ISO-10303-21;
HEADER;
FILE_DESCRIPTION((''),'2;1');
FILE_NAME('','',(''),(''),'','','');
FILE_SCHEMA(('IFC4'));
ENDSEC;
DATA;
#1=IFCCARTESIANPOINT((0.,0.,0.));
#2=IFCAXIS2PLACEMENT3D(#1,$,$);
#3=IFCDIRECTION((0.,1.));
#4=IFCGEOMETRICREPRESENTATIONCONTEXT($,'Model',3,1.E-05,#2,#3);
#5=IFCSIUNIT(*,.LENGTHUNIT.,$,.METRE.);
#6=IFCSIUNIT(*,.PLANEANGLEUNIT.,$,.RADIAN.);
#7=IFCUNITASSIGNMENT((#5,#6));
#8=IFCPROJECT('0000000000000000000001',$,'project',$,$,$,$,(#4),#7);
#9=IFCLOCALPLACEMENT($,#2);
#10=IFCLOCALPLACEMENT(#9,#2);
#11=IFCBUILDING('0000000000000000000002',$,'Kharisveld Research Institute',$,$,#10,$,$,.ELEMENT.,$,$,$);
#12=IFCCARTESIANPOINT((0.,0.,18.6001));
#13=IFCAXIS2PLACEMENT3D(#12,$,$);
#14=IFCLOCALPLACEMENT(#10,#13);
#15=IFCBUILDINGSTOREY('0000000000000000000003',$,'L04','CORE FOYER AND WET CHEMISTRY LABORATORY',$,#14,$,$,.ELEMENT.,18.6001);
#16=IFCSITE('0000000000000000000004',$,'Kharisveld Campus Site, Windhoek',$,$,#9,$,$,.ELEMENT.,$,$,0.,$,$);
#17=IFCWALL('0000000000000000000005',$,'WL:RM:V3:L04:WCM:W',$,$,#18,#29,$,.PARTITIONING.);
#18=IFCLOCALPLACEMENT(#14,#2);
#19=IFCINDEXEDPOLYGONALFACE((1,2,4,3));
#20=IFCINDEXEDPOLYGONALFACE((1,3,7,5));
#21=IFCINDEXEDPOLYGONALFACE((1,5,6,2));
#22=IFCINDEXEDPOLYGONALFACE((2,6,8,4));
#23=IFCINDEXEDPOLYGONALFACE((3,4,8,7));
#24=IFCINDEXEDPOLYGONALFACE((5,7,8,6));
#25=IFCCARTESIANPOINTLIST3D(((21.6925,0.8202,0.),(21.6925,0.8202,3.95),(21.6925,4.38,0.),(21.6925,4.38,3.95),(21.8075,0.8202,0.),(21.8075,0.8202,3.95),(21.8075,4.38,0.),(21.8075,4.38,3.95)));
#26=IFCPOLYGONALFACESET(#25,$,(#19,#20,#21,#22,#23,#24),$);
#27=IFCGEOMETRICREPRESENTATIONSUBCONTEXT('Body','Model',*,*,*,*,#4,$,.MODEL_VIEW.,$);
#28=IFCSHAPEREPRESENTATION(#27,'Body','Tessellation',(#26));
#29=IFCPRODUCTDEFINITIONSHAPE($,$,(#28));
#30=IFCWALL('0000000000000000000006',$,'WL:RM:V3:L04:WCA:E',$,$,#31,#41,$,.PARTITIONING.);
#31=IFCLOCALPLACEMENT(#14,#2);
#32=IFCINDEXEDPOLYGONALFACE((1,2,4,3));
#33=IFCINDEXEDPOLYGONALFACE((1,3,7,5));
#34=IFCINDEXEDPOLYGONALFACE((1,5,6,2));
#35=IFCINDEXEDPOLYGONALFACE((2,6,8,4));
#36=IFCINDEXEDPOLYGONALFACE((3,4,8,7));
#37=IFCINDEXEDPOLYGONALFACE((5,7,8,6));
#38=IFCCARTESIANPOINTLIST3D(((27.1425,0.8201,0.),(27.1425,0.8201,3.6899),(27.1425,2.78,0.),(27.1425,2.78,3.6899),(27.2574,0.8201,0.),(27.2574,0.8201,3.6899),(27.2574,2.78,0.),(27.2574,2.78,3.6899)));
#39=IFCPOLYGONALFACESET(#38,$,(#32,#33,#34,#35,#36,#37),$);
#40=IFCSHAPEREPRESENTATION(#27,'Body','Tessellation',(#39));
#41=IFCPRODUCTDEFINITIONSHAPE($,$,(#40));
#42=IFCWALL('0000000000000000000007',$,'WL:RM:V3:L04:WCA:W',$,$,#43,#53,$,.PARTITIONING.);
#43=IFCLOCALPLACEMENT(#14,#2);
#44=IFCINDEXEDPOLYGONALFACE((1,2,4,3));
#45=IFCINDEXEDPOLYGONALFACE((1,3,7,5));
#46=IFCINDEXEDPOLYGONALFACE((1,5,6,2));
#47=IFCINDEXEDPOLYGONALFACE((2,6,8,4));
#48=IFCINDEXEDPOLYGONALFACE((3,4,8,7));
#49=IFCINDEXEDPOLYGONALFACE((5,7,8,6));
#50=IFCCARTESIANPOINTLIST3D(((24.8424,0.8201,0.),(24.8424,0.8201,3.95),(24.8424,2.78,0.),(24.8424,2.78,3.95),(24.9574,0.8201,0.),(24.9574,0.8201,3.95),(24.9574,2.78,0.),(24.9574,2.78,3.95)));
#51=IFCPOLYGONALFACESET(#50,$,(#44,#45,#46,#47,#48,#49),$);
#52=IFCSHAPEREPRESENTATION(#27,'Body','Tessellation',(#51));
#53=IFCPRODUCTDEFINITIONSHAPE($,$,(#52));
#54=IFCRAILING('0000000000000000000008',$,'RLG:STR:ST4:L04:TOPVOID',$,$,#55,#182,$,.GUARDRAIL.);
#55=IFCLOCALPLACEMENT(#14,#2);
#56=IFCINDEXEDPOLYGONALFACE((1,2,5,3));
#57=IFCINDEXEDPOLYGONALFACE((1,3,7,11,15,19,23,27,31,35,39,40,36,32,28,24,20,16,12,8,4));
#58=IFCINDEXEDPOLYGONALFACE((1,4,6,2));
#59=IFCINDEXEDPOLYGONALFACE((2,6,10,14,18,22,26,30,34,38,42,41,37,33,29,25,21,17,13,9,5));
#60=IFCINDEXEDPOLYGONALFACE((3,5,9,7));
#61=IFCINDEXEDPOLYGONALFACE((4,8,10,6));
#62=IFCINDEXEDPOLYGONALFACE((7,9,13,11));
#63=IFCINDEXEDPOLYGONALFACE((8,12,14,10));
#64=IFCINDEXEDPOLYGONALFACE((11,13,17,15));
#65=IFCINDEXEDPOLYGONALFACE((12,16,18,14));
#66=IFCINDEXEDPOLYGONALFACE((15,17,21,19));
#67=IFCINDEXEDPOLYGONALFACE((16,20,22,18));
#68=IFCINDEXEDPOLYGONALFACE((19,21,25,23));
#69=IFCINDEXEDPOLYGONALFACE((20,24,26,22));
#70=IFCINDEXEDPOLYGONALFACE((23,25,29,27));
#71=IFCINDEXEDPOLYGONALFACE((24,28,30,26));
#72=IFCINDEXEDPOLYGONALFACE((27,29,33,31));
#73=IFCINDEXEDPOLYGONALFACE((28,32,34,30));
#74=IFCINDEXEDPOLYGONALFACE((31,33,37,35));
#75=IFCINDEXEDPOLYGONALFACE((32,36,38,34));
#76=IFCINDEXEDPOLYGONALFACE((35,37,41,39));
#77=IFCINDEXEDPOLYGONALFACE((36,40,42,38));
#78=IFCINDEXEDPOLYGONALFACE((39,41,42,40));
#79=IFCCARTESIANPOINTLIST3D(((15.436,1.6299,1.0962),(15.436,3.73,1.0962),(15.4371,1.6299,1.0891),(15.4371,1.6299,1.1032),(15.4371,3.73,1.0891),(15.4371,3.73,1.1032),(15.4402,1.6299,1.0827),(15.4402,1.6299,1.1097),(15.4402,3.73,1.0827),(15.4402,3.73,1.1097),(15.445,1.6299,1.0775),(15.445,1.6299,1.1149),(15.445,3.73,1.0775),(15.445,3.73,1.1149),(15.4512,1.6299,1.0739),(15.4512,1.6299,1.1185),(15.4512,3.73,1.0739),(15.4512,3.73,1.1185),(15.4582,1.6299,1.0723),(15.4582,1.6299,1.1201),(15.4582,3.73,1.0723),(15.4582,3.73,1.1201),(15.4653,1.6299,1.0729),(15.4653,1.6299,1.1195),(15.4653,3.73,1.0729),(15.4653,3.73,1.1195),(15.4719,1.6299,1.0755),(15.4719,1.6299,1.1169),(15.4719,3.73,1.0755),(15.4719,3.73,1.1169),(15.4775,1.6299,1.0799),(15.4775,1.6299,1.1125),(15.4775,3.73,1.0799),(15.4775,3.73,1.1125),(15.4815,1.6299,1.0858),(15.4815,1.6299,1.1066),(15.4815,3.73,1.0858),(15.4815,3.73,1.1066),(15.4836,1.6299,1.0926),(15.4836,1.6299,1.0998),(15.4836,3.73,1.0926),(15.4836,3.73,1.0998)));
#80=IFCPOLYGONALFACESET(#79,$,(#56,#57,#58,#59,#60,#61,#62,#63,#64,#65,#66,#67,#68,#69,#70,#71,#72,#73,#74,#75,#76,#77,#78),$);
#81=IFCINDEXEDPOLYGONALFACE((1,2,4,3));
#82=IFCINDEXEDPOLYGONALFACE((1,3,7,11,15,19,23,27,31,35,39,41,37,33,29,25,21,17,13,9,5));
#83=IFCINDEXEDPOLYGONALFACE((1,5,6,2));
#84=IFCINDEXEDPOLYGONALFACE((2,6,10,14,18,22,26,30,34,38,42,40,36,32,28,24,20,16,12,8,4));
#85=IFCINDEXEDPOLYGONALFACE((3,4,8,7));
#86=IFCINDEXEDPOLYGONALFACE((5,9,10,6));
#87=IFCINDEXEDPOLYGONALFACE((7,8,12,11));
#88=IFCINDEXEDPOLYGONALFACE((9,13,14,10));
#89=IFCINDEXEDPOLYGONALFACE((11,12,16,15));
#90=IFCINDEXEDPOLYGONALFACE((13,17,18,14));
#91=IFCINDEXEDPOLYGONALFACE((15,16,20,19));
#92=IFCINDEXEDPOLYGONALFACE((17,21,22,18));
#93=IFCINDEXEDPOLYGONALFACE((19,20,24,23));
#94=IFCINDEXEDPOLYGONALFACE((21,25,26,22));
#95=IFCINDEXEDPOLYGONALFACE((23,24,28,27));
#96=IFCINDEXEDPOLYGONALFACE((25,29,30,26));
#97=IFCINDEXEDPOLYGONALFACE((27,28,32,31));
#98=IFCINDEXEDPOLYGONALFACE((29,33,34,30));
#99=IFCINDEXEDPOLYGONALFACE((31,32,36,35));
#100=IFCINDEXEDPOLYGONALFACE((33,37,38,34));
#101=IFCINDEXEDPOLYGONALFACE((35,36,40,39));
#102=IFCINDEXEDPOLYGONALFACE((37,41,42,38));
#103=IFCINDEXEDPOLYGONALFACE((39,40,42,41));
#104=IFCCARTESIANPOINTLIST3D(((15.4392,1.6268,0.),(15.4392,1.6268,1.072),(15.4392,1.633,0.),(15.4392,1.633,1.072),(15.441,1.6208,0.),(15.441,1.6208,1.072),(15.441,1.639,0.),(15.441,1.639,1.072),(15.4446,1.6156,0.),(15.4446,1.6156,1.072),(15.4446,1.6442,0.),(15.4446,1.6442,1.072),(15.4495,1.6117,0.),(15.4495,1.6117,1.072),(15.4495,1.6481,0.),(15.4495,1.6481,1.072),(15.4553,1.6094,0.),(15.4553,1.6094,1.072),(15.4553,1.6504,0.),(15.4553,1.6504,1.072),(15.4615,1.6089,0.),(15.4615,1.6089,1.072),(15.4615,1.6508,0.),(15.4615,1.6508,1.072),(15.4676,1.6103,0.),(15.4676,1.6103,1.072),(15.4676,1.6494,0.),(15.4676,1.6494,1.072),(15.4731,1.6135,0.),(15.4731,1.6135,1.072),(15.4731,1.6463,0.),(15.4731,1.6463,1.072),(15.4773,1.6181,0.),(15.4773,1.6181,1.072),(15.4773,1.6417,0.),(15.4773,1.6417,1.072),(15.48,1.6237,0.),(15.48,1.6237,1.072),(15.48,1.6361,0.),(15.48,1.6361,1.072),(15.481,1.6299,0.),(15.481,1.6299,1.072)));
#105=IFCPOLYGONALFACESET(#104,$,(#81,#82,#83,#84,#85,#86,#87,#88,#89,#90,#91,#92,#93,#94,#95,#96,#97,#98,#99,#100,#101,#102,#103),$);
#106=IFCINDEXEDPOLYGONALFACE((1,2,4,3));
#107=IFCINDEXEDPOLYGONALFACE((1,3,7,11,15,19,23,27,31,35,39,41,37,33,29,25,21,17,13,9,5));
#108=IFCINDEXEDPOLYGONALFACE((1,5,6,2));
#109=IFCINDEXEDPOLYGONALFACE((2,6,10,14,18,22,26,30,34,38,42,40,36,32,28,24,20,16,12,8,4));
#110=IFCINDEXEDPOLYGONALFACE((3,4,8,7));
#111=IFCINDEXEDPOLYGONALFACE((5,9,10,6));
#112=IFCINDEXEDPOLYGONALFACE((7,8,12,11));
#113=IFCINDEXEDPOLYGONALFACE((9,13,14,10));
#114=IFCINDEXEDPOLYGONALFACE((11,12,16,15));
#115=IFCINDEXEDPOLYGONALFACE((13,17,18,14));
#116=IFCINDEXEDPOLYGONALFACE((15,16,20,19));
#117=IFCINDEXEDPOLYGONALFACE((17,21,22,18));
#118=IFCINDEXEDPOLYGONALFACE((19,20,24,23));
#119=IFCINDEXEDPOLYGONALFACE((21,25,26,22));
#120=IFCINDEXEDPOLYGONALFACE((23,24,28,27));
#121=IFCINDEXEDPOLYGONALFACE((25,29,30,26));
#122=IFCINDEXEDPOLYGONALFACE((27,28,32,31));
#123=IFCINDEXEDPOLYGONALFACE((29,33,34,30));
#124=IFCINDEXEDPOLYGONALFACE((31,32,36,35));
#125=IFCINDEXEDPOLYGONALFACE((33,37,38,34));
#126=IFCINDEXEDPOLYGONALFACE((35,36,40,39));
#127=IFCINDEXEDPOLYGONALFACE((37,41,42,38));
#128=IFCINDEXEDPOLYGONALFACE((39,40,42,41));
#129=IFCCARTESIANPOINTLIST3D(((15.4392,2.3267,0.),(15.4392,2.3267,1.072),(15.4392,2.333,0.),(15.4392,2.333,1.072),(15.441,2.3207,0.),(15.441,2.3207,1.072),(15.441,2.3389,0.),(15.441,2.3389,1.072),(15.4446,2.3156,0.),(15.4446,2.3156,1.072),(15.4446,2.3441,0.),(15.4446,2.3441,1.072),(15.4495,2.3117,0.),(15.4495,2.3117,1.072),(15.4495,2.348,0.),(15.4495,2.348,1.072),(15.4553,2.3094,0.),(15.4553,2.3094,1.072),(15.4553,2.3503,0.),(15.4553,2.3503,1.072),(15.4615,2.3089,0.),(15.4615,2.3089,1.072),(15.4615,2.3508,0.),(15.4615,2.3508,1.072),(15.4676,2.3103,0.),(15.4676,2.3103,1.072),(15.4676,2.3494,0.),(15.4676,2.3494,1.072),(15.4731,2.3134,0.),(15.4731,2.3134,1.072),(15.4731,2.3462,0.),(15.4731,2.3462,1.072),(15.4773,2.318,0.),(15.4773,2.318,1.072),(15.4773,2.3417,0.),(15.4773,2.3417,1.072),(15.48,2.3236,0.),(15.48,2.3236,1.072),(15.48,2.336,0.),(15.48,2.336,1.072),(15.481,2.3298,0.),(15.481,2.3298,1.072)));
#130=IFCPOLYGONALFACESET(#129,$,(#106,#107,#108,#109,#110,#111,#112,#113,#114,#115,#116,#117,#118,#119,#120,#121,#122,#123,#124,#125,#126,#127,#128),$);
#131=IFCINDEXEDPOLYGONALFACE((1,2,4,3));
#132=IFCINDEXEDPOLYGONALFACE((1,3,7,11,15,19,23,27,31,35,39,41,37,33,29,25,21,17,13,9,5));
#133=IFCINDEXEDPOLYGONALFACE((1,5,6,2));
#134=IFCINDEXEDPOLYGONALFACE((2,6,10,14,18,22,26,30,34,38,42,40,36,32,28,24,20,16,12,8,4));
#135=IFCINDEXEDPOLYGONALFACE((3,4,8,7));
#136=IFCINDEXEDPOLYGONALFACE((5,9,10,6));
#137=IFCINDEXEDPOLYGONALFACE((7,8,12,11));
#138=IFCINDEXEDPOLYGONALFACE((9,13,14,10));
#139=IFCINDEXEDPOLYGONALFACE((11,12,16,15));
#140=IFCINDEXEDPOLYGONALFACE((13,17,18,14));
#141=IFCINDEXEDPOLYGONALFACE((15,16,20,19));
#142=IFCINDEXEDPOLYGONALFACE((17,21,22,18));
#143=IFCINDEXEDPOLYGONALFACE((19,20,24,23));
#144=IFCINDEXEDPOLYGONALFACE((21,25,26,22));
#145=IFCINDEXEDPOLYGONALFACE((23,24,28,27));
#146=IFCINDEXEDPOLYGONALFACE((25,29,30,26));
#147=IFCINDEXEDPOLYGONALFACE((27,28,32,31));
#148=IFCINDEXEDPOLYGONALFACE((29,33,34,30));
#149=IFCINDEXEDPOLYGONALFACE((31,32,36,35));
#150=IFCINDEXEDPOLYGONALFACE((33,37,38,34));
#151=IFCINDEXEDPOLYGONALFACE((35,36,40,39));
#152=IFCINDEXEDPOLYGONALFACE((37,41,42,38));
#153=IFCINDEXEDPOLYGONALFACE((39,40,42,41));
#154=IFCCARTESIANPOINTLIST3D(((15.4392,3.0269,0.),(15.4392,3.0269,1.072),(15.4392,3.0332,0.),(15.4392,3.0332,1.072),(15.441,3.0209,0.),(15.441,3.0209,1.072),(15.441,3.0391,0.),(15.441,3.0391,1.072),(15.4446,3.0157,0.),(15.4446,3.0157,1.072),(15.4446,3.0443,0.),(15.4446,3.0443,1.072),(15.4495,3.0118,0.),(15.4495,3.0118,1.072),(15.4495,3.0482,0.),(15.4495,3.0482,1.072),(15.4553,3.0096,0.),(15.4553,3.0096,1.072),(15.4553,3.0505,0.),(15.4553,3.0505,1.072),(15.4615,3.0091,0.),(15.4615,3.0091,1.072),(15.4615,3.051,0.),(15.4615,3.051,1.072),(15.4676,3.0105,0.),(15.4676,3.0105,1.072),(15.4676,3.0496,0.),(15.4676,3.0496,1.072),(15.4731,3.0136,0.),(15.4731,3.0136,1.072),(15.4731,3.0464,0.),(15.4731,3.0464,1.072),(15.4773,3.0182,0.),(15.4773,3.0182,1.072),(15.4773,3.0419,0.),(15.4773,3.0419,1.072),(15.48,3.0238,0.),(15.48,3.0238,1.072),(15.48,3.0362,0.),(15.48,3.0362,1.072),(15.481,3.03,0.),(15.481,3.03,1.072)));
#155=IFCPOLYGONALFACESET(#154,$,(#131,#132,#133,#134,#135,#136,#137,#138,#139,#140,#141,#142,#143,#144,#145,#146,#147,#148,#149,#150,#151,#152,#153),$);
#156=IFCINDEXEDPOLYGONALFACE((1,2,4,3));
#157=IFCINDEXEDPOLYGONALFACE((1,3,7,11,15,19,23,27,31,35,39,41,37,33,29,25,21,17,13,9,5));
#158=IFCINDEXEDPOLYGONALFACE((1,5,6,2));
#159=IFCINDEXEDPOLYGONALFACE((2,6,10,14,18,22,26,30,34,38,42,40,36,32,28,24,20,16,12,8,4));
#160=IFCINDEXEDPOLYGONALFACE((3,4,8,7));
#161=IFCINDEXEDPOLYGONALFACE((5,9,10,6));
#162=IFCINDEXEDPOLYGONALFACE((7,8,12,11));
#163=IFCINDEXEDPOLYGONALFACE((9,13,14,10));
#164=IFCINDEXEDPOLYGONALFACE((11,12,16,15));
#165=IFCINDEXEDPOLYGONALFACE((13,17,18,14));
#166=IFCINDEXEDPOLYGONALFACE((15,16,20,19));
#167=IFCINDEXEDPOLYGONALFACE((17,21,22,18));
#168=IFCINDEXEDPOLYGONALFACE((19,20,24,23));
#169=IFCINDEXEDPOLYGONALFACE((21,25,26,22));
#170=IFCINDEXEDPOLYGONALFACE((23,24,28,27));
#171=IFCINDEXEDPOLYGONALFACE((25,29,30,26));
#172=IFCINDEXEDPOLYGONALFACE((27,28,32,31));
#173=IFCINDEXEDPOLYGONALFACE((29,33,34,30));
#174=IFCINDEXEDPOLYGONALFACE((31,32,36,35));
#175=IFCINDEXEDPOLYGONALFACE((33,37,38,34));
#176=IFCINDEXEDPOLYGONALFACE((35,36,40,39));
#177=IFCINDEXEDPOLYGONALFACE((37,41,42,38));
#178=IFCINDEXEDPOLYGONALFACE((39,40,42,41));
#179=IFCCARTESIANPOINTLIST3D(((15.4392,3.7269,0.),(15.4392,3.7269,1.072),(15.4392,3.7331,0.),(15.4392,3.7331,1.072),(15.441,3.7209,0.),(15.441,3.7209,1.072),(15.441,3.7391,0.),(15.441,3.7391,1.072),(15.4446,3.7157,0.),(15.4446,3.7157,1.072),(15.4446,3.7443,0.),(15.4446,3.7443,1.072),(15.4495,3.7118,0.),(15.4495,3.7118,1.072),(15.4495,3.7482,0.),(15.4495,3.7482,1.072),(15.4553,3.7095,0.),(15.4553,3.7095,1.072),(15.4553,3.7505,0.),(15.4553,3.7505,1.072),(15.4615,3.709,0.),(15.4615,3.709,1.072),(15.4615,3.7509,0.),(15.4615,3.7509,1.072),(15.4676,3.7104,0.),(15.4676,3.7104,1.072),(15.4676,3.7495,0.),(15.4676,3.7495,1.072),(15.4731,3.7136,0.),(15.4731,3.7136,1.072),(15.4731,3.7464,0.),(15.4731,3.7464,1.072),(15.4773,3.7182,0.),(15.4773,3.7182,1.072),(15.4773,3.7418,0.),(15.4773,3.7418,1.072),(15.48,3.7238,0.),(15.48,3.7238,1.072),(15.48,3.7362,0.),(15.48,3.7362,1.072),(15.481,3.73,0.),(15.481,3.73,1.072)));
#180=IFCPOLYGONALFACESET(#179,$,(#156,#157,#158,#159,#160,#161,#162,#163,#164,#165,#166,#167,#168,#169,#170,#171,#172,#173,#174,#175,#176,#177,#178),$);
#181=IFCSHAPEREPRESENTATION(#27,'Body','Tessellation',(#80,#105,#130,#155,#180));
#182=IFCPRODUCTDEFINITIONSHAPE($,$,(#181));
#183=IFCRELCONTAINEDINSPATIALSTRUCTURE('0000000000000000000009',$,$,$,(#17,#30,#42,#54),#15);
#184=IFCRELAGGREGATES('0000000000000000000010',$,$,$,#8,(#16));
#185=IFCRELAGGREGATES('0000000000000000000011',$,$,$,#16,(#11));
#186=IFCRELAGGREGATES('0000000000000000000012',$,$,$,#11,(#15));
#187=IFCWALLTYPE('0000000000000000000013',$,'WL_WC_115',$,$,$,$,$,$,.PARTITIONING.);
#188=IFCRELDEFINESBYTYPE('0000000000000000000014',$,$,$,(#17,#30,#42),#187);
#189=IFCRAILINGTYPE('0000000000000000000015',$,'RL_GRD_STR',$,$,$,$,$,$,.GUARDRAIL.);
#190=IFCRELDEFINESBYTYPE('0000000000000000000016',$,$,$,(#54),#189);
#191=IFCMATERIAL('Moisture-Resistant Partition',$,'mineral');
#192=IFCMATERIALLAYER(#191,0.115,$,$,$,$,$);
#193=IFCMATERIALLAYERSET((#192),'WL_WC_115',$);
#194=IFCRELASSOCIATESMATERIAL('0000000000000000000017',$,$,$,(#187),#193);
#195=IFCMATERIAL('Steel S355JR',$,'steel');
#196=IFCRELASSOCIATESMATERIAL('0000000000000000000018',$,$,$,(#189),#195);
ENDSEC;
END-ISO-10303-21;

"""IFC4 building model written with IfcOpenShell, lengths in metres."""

from ifc_helpers import new_model, si_unit, direction, frame, frame_2d, origin, origin_2d, place, context, subcontext, project, spatial, rectangle, circle, extrude, material, layer, layer_set, type_object, element, save


model = new_model("IFC4")

# Units and contexts
model_context = context("Model", 3, precision=1e-05, world=origin(), true_north=direction((0.0, 1.0)))
body_context = subcontext(model_context, "Body", "Model", "MODEL_VIEW")
ifc_project = project(units=[si_unit("LENGTHUNIT", "METRE"), si_unit("PLANEANGLEUNIT", "RADIAN")], contexts=[model_context])

# Site, building, storey
site_placement = place(None, origin())
site = spatial("IfcSite", under=ifc_project, at=site_placement, Name="Kharisveld Campus Site, Windhoek", CompositionType="ELEMENT", RefElevation=0.0)
building_placement = place(site_placement, origin())
building = spatial("IfcBuilding", under=site, at=building_placement, Name="Kharisveld Research Institute", CompositionType="ELEMENT")
storey_placement = place(building_placement, frame((0.0, 0.0, 18.6001)))
storey = spatial("IfcBuildingStorey", under=building, at=storey_placement, Name="L04", Description="CORE FOYER AND WET CHEMISTRY LABORATORY", CompositionType="ELEMENT", Elevation=18.6001)

# Shared definitions
ifc_material_1 = material(Name="Moisture-Resistant Partition", Category="mineral")
ifc_layer_1 = layer(ifc_material_1, 0.115)
ifc_layer_set_1 = layer_set([ifc_layer_1], Name="WL_WC_115")
wall_type_1 = type_object("IfcWallType", Name="WL_WC_115", PredefinedType="PARTITIONING", material=ifc_layer_set_1)

# Walls
wall_1_placement = place(storey_placement, frame((21.75, 4.3799, 0.0), z_axis=(0.0, 0.0, 1.0), x_axis=(0.0, -1.0, 0.0)))
element("IfcWall", 1, at=wall_1_placement, inside=storey, type_object=wall_type_1, Name="WL:RM:V3:L04:WCM:W", PredefinedType="PARTITIONING", context=body_context, shape_type="SweptSolid", body=[
    extrude(rectangle(XDim=3.5598, YDim=0.115, at=frame_2d((1.7798, 0.0))), origin(), (0.0, 0.0, 1.0), 3.95),
])
wall_2_placement = place(storey_placement, frame((27.2, 0.8201, 0.0), z_axis=(0.0, 0.0, 1.0), x_axis=(0.0, 1.0, 0.0)))
element("IfcWall", 2, at=wall_2_placement, inside=storey, type_object=wall_type_1, Name="WL:RM:V3:L04:WCA:E", PredefinedType="PARTITIONING", context=body_context, shape_type="SweptSolid", body=[
    extrude(rectangle(XDim=1.96, YDim=0.115, at=frame_2d((0.98, 0.0))), origin(), (0.0, 0.0, 1.0), 3.6899),
])

# Wall
wall_3_placement = place(storey_placement, frame((24.8999, 2.78, 0.0), z_axis=(0.0, 0.0, 1.0), x_axis=(0.0, -1.0, 0.0)))
element("IfcWall", 3, at=wall_3_placement, inside=storey, type_object=wall_type_1, Name="WL:RM:V3:L04:WCA:W", PredefinedType="PARTITIONING", context=body_context, shape_type="SweptSolid", body=[
    extrude(rectangle(XDim=1.96, YDim=0.115, at=frame_2d((0.98, 0.0))), origin(), (0.0, 0.0, 1.0), 3.95),
])

# Railing
ifc_material_2 = material(Name="Steel S355JR", Category="steel")
railing_type_1 = type_object("IfcRailingType", Name="RL_GRD_STR", PredefinedType="GUARDRAIL", material=ifc_material_2)
railing_1_placement = place(storey_placement, frame((15.46, 1.6299, 0.0)))
element("IfcRailing", 4, at=railing_1_placement, inside=storey, type_object=railing_type_1, Name="RLG:STR:ST4:L04:TOPVOID", PredefinedType="GUARDRAIL", context=body_context, shape_type="SweptSolid", body=[
    extrude(circle(Radius=0.0239, at=origin_2d()), frame((0.0, 0.0, 1.0962), z_axis=(0.0, 1.0, 0.0), x_axis=(-1.0, 0.0, 0.0)), (0.0, 0.0, 1.0), 2.1001),
    extrude(circle(Radius=0.021, at=origin_2d()), origin(), (0.0, 0.0, 1.0), 1.072),
    extrude(circle(Radius=0.021, at=origin_2d()), frame((0.0, 0.7, 0.0)), (0.0, 0.0, 1.0), 1.072),
    extrude(circle(Radius=0.021, at=origin_2d()), frame((0.0, 1.4001, 0.0)), (0.0, 0.0, 1.0), 1.072),
    extrude(circle(Radius=0.021, at=origin_2d()), frame((0.0, 2.1001, 0.0)), (0.0, 0.0, 1.0), 1.072),
])

save(model, "model.ifc")
